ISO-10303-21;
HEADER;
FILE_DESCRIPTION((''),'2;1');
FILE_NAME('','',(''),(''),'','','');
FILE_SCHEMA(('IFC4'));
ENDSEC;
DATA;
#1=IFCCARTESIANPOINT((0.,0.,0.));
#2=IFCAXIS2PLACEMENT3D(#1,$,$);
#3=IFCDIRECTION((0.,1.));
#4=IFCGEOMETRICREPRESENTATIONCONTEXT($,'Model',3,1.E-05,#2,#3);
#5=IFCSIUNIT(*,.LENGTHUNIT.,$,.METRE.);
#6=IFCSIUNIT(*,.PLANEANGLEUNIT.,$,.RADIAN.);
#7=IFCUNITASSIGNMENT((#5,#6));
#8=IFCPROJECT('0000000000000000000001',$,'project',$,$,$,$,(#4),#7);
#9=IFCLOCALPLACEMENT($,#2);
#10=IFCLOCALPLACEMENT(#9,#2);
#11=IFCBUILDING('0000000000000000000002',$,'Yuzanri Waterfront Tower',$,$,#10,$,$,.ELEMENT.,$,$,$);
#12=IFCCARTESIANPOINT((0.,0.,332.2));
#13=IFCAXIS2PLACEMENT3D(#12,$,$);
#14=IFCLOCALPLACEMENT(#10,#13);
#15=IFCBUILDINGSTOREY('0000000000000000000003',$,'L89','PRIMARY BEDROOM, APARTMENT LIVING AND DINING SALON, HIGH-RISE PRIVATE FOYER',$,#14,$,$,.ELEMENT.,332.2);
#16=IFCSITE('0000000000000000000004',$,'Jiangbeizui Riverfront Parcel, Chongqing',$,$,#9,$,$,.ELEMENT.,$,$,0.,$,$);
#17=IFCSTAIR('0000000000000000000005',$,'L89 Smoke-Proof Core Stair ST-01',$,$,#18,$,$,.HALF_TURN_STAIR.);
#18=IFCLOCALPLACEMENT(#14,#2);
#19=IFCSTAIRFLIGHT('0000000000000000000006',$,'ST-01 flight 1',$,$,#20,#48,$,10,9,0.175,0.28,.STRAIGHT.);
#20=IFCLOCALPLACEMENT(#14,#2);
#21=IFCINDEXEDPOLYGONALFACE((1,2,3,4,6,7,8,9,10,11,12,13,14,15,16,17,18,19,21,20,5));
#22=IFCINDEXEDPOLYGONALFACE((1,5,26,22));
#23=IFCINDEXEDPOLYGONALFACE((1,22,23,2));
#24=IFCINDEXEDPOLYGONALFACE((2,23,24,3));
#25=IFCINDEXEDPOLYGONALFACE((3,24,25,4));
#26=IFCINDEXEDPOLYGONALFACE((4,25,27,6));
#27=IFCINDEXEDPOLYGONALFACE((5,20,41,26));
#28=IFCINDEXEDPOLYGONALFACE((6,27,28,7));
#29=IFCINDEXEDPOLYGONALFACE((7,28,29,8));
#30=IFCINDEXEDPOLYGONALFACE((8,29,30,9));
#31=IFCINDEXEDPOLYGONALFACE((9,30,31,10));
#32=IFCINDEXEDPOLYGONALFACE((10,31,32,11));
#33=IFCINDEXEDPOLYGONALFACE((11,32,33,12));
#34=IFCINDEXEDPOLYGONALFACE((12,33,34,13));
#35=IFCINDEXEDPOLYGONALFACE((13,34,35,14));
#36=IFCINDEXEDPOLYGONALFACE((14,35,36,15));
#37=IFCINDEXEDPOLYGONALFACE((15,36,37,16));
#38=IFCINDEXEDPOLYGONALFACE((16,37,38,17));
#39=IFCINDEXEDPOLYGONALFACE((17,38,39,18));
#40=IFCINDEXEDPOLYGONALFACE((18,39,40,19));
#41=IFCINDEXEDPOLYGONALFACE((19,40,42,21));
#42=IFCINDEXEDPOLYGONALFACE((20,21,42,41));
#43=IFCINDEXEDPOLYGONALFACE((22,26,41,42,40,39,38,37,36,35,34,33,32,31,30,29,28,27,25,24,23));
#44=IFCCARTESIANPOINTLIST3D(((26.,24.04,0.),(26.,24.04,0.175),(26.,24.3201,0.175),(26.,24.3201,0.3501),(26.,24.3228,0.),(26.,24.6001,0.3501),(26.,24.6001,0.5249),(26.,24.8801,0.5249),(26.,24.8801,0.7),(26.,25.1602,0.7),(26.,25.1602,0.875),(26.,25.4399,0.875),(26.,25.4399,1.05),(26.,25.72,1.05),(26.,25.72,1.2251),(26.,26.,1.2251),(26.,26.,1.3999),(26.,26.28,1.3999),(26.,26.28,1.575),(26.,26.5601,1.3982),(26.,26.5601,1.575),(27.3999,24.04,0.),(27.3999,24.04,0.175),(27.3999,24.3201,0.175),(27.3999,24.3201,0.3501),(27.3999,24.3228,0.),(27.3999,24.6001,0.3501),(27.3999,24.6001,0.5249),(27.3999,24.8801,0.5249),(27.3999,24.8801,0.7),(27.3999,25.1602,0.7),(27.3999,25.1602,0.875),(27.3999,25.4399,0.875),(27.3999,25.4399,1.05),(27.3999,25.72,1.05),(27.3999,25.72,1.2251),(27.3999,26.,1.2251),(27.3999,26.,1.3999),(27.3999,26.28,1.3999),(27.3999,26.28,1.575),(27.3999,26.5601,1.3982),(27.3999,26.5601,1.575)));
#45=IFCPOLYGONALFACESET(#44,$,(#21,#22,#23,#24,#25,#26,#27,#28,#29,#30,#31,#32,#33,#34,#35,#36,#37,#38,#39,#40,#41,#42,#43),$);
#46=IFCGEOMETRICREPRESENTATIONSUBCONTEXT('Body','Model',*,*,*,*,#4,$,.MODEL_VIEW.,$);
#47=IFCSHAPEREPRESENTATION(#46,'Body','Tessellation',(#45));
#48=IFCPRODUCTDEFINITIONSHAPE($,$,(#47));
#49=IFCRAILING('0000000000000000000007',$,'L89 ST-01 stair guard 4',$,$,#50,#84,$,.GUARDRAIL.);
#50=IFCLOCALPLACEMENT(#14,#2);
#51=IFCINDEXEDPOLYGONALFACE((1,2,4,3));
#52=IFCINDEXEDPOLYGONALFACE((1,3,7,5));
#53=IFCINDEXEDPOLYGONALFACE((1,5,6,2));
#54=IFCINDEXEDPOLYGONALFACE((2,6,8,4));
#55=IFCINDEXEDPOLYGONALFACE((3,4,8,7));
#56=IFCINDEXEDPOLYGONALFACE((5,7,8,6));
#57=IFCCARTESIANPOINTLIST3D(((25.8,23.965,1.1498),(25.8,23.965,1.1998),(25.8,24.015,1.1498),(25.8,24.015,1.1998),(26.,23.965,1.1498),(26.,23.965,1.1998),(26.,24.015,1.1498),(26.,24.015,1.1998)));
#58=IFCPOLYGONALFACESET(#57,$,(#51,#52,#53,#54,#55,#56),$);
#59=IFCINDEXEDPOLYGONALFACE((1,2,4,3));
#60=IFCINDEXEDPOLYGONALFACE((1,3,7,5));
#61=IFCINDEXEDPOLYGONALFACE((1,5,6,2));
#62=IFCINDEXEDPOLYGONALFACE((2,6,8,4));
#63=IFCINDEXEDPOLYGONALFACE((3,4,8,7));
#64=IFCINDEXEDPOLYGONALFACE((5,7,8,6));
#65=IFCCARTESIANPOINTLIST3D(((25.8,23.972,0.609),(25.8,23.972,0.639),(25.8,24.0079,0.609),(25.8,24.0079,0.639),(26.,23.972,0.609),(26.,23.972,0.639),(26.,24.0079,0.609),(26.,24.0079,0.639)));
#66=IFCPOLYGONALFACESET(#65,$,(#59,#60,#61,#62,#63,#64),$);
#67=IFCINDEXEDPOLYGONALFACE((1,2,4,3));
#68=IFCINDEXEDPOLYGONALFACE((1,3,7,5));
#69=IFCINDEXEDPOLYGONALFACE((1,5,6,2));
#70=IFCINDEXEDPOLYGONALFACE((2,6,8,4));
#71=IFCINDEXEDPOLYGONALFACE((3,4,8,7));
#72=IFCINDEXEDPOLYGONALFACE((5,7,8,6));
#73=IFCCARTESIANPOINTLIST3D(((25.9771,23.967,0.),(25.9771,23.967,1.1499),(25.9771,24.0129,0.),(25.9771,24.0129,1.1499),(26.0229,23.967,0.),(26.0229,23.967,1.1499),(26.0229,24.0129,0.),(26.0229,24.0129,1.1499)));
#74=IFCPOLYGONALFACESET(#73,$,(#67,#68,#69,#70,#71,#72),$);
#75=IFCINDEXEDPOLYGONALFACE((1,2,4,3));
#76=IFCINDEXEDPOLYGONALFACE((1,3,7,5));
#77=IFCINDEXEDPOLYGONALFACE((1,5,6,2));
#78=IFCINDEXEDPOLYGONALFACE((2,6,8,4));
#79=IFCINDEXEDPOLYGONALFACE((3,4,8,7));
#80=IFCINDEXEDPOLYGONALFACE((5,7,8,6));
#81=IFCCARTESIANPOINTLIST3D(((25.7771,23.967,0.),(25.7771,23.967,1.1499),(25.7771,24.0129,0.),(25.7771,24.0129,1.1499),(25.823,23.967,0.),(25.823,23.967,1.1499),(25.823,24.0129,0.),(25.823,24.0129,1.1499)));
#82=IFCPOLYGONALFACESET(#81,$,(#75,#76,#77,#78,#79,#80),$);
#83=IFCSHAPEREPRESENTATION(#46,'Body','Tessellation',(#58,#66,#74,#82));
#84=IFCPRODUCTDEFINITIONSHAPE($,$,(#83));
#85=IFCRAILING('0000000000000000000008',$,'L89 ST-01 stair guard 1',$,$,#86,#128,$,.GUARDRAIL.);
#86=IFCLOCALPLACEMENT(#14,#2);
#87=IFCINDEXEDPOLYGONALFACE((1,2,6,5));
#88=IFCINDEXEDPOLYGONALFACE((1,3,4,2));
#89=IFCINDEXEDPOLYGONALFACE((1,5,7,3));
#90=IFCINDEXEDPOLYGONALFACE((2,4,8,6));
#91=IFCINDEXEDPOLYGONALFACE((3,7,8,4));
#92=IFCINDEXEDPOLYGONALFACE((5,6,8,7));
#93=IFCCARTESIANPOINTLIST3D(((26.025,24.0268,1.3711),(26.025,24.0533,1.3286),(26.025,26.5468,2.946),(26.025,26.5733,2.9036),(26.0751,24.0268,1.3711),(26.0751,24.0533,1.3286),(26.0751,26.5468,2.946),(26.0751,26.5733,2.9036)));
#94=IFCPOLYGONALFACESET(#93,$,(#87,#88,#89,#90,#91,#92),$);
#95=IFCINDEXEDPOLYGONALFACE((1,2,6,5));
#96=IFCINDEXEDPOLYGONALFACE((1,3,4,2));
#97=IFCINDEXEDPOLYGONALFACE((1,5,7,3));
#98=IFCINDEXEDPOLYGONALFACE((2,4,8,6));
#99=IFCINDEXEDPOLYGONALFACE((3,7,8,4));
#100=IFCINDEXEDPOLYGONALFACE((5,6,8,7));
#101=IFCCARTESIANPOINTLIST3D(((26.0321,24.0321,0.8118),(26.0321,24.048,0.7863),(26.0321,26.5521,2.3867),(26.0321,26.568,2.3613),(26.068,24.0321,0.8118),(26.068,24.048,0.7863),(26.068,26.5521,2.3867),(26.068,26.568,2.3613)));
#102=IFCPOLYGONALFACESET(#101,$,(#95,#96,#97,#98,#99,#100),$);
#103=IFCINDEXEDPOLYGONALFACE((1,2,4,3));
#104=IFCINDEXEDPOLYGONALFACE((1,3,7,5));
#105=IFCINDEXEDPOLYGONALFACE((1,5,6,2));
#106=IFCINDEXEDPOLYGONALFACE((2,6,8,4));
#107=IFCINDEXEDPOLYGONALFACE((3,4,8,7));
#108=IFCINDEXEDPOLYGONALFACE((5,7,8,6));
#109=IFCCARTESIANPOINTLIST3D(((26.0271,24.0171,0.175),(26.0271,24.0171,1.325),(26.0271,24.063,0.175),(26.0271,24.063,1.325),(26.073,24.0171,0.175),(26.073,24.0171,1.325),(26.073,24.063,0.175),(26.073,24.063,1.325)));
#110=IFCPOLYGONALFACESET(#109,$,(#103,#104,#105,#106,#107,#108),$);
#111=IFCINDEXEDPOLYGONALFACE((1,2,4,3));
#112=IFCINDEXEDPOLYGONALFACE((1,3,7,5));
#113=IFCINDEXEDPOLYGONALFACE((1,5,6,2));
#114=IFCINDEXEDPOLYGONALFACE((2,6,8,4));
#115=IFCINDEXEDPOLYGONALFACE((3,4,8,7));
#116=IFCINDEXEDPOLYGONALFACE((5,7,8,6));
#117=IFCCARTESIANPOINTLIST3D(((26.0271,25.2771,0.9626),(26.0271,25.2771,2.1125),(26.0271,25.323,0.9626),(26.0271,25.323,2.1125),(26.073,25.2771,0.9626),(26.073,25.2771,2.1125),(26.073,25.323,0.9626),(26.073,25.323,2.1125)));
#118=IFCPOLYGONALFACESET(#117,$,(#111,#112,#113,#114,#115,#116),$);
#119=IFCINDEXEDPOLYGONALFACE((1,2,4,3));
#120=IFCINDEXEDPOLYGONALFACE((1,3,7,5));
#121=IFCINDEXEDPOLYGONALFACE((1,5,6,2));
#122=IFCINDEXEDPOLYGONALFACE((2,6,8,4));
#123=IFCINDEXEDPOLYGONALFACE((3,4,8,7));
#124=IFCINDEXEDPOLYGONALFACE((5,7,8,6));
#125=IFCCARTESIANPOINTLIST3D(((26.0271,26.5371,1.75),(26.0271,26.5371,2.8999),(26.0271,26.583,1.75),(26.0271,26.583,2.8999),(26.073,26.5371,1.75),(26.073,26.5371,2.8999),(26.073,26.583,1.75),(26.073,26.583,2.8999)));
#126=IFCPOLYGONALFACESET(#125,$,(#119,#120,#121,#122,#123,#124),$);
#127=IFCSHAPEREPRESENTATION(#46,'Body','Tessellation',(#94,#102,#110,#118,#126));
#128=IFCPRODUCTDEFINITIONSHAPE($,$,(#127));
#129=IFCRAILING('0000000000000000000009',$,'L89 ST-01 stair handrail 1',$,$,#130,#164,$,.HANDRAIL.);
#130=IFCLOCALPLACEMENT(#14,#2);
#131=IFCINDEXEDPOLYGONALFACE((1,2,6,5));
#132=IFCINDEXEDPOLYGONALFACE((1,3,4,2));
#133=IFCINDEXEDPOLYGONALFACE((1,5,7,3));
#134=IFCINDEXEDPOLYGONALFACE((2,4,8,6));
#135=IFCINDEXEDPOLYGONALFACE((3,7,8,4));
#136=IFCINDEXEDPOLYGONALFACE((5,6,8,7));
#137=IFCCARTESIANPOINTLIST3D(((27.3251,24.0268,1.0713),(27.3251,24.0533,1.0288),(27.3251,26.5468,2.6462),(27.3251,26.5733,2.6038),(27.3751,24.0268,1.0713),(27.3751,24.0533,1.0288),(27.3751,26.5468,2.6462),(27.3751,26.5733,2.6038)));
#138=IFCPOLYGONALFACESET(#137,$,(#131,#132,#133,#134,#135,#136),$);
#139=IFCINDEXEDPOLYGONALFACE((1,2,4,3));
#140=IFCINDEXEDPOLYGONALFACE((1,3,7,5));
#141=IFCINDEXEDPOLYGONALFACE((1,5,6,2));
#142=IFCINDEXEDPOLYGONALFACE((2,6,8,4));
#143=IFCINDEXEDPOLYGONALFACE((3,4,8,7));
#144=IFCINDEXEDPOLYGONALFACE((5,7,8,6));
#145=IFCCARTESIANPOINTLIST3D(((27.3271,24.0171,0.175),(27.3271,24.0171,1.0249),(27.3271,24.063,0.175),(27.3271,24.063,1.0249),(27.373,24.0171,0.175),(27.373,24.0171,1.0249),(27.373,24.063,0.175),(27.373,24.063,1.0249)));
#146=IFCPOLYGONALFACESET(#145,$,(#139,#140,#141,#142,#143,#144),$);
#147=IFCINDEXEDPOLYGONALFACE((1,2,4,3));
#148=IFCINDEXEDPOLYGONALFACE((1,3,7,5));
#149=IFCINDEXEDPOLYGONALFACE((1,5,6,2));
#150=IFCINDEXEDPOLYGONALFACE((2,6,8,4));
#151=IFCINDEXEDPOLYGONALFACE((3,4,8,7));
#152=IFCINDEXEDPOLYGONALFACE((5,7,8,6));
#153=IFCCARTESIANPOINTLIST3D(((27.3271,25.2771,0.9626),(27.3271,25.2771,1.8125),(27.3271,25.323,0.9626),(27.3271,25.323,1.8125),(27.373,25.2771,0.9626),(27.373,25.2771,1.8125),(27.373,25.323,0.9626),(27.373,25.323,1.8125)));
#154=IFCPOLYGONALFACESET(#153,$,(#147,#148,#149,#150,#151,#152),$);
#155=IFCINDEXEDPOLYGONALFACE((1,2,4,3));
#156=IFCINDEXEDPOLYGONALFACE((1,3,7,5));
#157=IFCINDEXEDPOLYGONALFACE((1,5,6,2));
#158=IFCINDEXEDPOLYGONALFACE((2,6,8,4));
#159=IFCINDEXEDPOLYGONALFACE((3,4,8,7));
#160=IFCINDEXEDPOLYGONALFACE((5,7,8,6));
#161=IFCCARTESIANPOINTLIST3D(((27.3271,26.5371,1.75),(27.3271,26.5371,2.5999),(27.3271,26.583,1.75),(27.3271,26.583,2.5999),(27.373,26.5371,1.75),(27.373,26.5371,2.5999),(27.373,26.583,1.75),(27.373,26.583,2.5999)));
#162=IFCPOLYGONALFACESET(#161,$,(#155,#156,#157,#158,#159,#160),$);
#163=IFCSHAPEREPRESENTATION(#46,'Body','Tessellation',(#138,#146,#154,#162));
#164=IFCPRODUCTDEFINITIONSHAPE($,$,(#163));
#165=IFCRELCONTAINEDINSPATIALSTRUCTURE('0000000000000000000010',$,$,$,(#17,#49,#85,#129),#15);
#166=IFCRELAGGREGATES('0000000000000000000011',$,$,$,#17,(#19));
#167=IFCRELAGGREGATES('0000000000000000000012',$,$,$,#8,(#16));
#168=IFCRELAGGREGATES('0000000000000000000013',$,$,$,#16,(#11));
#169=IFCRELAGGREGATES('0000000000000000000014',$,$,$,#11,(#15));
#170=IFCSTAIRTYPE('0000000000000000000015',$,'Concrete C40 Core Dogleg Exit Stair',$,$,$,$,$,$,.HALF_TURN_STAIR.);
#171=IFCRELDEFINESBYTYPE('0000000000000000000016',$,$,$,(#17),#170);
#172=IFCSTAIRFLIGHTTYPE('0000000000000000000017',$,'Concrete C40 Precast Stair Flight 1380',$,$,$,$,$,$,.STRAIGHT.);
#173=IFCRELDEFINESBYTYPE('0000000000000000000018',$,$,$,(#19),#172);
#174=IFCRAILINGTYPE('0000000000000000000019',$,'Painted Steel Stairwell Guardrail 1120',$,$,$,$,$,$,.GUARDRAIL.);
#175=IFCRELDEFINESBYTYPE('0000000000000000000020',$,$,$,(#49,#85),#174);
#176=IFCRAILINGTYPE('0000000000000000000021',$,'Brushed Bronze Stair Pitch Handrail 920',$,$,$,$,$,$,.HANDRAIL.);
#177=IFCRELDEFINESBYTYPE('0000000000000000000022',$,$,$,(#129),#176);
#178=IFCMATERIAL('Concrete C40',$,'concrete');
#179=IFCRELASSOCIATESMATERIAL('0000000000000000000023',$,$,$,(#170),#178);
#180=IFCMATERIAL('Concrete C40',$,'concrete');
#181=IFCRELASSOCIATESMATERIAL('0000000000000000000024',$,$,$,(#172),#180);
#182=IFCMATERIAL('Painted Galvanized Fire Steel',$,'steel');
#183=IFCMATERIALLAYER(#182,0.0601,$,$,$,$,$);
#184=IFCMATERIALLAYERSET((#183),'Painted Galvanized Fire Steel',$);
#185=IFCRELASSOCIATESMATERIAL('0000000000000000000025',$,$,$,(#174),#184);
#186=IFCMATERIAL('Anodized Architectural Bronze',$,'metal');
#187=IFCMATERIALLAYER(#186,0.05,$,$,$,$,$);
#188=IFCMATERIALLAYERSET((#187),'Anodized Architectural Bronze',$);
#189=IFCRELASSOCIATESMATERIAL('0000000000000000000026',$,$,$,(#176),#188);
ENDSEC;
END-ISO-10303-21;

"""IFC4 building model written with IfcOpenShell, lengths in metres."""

from ifc_helpers import new_model, si_unit, direction, frame, origin, origin_2d, place, context, subcontext, project, spatial, polyline, rectangle, outline, extrude, source, transform, mapped, material, layer, layer_set, type_object, element, aggregate, save


model = new_model("IFC4")

# Units and contexts
model_context = context("Model", 3, precision=1e-05, world=origin(), true_north=direction((0.0, 1.0)))
body_context = subcontext(model_context, "Body", "Model", "MODEL_VIEW")
ifc_project = project(units=[si_unit("LENGTHUNIT", "METRE"), si_unit("PLANEANGLEUNIT", "RADIAN")], contexts=[model_context])

# Site, building, storey
site_placement = place(None, origin())
site = spatial("IfcSite", under=ifc_project, at=site_placement, Name="Jiangbeizui Riverfront Parcel, Chongqing", CompositionType="ELEMENT", RefElevation=0.0)
building_placement = place(site_placement, origin())
building = spatial("IfcBuilding", under=site, at=building_placement, Name="Yuzanri Waterfront Tower", CompositionType="ELEMENT")
storey_placement = place(building_placement, frame((0.0, 0.0, 332.2)))
storey = spatial("IfcBuildingStorey", under=building, at=storey_placement, Name="L89", Description="PRIMARY BEDROOM, APARTMENT LIVING AND DINING SALON, HIGH-RISE PRIVATE FOYER", CompositionType="ELEMENT", Elevation=332.2)

# Stair, stair flight
ifc_material_1 = material(Name="Concrete C40", Category="concrete")
stair_type = type_object("IfcStairType", Name="Concrete C40 Core Dogleg Exit Stair", PredefinedType="HALF_TURN_STAIR", material=ifc_material_1)
stair_placement = place(storey_placement, origin())
stair = element("IfcStair", 1, at=stair_placement, inside=storey, type_object=stair_type, Name="L89 Smoke-Proof Core Stair ST-01", PredefinedType="HALF_TURN_STAIR")
ifc_material_2 = material(Name="Concrete C40", Category="concrete")
stair_flight_type = type_object("IfcStairFlightType", Name="Concrete C40 Precast Stair Flight 1380", PredefinedType="STRAIGHT", material=ifc_material_2)
shared_shape_1 = source(origin(), body_context, "Body", "SweptSolid", [
    extrude(outline(polyline([(0.0, 0.0), (0.0, 0.175), (0.28, 0.175), (0.28, 0.3501), (0.5601, 0.3501), (0.5601, 0.5249), (0.8401, 0.5249), (0.8401, 0.7), (1.1201, 0.7), (1.1201, 0.875), (1.3999, 0.875), (1.3999, 1.05), (1.6799, 1.05), (1.6799, 1.2251), (1.96, 1.2251), (1.96, 1.3999), (2.24, 1.3999), (2.24, 1.575), (2.52, 1.575), (2.52, 1.75), (2.52, 1.3982), (0.2827, 0.0), (0.0, 0.0)])), frame((0.0, 0.7, 0.0), z_axis=(0.0, -1.0, 0.0), x_axis=(1.0, 0.0, 0.0)), (0.0, 0.0, 1.0), 1.3999),
])
stair_flight_placement = place(storey_placement, frame((26.7, 24.04, 0.0), z_axis=(0.0, 0.0, 1.0), x_axis=(0.0, 1.0, 0.0)))
stair_flight = element("IfcStairFlight", 2, at=stair_flight_placement, type_object=stair_flight_type, Name="ST-01 flight 1", NumberOfRisers=10, NumberOfTreads=9, PredefinedType="STRAIGHT", RiserHeight=0.175, TreadLength=0.28, context=body_context, shape_type="MappedRepresentation", body=[
    mapped(shared_shape_1, transform((0.0, 0.0, 0.0), scale=1.0)),
])
aggregate(stair, [stair_flight])

# Railings
ifc_material_3 = material(Name="Painted Galvanized Fire Steel", Category="steel")
ifc_layer_1 = layer(ifc_material_3, 0.0601)
ifc_layer_set_1 = layer_set([ifc_layer_1], Name="Painted Galvanized Fire Steel")
railing_type_1 = type_object("IfcRailingType", Name="Painted Steel Stairwell Guardrail 1120", PredefinedType="GUARDRAIL", material=ifc_layer_set_1)
shared_shape_2 = source(origin(), body_context, "Body", "SweptSolid", [
    extrude(rectangle(XDim=0.05, YDim=0.05, at=origin_2d()), frame((0.0, 0.0, 1.1748), z_axis=(-1.0, 0.0, 0.0), x_axis=(0.0, -1.0, 0.0)), (0.0, 0.0, 1.0), 0.2),
    extrude(rectangle(XDim=0.0359, YDim=0.03, at=origin_2d()), frame((0.0, 0.0, 0.624), z_axis=(-1.0, 0.0, 0.0), x_axis=(0.0, -1.0, 0.0)), (0.0, 0.0, 1.0), 0.2),
    extrude(rectangle(XDim=0.0459, YDim=0.0459, at=origin_2d()), origin(), (0.0, 0.0, 1.0), 1.1499),
    extrude(rectangle(XDim=0.0459, YDim=0.0459, at=origin_2d()), frame((-0.2, 0.0, 0.0)), (0.0, 0.0, 1.0), 1.1499),
])
railing_1_placement = place(storey_placement, frame((26.0, 23.99, 0.0)))
element("IfcRailing", 3, at=railing_1_placement, inside=storey, type_object=railing_type_1, Name="L89 ST-01 stair guard 4", PredefinedType="GUARDRAIL", context=body_context, shape_type="MappedRepresentation", body=[
    mapped(shared_shape_2, transform((0.0, 0.0, 0.0), scale=1.0)),
])
shared_shape_3 = source(origin(), body_context, "Body", "SweptSolid", [
    extrude(rectangle(XDim=0.05, YDim=0.05, at=origin_2d()), frame((0.0, 0.0, 1.1748), z_axis=(0.0, 0.848008, 0.529984), x_axis=(-1.0, 0.0, 0.0)), (0.0, 0.0, 1.0), 2.9717),
    extrude(rectangle(XDim=0.0359, YDim=0.03, at=origin_2d()), frame((0.0, 0.0, 0.624), z_axis=(0.0, 0.848008, 0.529984), x_axis=(-1.0, 0.0, 0.0)), (0.0, 0.0, 1.0), 2.9717),
    extrude(rectangle(XDim=0.0459, YDim=0.0459, at=origin_2d()), origin(), (0.0, 0.0, 1.0), 1.1499),
    extrude(rectangle(XDim=0.0459, YDim=0.0459, at=origin_2d()), frame((0.0, 1.26, 0.7876)), (0.0, 0.0, 1.0), 1.1499),
    extrude(rectangle(XDim=0.0459, YDim=0.0459, at=origin_2d()), frame((0.0, 2.52, 1.575)), (0.0, 0.0, 1.0), 1.1499),
])
railing_2_placement = place(storey_placement, frame((26.05, 24.04, 0.175)))
element("IfcRailing", 4, at=railing_2_placement, inside=storey, type_object=railing_type_1, Name="L89 ST-01 stair guard 1", PredefinedType="GUARDRAIL", context=body_context, shape_type="MappedRepresentation", body=[
    mapped(shared_shape_3, transform((0.0, 0.0, 0.0), scale=1.0)),
])
ifc_material_4 = material(Name="Anodized Architectural Bronze", Category="metal")
ifc_layer_2 = layer(ifc_material_4, 0.05)
ifc_layer_set_2 = layer_set([ifc_layer_2], Name="Anodized Architectural Bronze")
railing_type_2 = type_object("IfcRailingType", Name="Brushed Bronze Stair Pitch Handrail 920", PredefinedType="HANDRAIL", material=ifc_layer_set_2)
shared_shape_4 = source(origin(), body_context, "Body", "SweptSolid", [
    extrude(rectangle(XDim=0.05, YDim=0.05, at=origin_2d()), frame((0.0, 0.0, 0.875), z_axis=(0.0, 0.848008, 0.529984), x_axis=(-1.0, 0.0, 0.0)), (0.0, 0.0, 1.0), 2.9717),
    extrude(rectangle(XDim=0.0459, YDim=0.0459, at=origin_2d()), origin(), (0.0, 0.0, 1.0), 0.8499),
    extrude(rectangle(XDim=0.0459, YDim=0.0459, at=origin_2d()), frame((0.0, 1.26, 0.7876)), (0.0, 0.0, 1.0), 0.8499),
    extrude(rectangle(XDim=0.0459, YDim=0.0459, at=origin_2d()), frame((0.0, 2.52, 1.575)), (0.0, 0.0, 1.0), 0.8499),
])
railing_3_placement = place(storey_placement, frame((27.3501, 24.04, 0.175)))
element("IfcRailing", 5, at=railing_3_placement, inside=storey, type_object=railing_type_2, Name="L89 ST-01 stair handrail 1", PredefinedType="HANDRAIL", context=body_context, shape_type="MappedRepresentation", body=[
    mapped(shared_shape_4, transform((0.0, 0.0, 0.0), scale=1.0)),
])

save(model, "model.ifc")
